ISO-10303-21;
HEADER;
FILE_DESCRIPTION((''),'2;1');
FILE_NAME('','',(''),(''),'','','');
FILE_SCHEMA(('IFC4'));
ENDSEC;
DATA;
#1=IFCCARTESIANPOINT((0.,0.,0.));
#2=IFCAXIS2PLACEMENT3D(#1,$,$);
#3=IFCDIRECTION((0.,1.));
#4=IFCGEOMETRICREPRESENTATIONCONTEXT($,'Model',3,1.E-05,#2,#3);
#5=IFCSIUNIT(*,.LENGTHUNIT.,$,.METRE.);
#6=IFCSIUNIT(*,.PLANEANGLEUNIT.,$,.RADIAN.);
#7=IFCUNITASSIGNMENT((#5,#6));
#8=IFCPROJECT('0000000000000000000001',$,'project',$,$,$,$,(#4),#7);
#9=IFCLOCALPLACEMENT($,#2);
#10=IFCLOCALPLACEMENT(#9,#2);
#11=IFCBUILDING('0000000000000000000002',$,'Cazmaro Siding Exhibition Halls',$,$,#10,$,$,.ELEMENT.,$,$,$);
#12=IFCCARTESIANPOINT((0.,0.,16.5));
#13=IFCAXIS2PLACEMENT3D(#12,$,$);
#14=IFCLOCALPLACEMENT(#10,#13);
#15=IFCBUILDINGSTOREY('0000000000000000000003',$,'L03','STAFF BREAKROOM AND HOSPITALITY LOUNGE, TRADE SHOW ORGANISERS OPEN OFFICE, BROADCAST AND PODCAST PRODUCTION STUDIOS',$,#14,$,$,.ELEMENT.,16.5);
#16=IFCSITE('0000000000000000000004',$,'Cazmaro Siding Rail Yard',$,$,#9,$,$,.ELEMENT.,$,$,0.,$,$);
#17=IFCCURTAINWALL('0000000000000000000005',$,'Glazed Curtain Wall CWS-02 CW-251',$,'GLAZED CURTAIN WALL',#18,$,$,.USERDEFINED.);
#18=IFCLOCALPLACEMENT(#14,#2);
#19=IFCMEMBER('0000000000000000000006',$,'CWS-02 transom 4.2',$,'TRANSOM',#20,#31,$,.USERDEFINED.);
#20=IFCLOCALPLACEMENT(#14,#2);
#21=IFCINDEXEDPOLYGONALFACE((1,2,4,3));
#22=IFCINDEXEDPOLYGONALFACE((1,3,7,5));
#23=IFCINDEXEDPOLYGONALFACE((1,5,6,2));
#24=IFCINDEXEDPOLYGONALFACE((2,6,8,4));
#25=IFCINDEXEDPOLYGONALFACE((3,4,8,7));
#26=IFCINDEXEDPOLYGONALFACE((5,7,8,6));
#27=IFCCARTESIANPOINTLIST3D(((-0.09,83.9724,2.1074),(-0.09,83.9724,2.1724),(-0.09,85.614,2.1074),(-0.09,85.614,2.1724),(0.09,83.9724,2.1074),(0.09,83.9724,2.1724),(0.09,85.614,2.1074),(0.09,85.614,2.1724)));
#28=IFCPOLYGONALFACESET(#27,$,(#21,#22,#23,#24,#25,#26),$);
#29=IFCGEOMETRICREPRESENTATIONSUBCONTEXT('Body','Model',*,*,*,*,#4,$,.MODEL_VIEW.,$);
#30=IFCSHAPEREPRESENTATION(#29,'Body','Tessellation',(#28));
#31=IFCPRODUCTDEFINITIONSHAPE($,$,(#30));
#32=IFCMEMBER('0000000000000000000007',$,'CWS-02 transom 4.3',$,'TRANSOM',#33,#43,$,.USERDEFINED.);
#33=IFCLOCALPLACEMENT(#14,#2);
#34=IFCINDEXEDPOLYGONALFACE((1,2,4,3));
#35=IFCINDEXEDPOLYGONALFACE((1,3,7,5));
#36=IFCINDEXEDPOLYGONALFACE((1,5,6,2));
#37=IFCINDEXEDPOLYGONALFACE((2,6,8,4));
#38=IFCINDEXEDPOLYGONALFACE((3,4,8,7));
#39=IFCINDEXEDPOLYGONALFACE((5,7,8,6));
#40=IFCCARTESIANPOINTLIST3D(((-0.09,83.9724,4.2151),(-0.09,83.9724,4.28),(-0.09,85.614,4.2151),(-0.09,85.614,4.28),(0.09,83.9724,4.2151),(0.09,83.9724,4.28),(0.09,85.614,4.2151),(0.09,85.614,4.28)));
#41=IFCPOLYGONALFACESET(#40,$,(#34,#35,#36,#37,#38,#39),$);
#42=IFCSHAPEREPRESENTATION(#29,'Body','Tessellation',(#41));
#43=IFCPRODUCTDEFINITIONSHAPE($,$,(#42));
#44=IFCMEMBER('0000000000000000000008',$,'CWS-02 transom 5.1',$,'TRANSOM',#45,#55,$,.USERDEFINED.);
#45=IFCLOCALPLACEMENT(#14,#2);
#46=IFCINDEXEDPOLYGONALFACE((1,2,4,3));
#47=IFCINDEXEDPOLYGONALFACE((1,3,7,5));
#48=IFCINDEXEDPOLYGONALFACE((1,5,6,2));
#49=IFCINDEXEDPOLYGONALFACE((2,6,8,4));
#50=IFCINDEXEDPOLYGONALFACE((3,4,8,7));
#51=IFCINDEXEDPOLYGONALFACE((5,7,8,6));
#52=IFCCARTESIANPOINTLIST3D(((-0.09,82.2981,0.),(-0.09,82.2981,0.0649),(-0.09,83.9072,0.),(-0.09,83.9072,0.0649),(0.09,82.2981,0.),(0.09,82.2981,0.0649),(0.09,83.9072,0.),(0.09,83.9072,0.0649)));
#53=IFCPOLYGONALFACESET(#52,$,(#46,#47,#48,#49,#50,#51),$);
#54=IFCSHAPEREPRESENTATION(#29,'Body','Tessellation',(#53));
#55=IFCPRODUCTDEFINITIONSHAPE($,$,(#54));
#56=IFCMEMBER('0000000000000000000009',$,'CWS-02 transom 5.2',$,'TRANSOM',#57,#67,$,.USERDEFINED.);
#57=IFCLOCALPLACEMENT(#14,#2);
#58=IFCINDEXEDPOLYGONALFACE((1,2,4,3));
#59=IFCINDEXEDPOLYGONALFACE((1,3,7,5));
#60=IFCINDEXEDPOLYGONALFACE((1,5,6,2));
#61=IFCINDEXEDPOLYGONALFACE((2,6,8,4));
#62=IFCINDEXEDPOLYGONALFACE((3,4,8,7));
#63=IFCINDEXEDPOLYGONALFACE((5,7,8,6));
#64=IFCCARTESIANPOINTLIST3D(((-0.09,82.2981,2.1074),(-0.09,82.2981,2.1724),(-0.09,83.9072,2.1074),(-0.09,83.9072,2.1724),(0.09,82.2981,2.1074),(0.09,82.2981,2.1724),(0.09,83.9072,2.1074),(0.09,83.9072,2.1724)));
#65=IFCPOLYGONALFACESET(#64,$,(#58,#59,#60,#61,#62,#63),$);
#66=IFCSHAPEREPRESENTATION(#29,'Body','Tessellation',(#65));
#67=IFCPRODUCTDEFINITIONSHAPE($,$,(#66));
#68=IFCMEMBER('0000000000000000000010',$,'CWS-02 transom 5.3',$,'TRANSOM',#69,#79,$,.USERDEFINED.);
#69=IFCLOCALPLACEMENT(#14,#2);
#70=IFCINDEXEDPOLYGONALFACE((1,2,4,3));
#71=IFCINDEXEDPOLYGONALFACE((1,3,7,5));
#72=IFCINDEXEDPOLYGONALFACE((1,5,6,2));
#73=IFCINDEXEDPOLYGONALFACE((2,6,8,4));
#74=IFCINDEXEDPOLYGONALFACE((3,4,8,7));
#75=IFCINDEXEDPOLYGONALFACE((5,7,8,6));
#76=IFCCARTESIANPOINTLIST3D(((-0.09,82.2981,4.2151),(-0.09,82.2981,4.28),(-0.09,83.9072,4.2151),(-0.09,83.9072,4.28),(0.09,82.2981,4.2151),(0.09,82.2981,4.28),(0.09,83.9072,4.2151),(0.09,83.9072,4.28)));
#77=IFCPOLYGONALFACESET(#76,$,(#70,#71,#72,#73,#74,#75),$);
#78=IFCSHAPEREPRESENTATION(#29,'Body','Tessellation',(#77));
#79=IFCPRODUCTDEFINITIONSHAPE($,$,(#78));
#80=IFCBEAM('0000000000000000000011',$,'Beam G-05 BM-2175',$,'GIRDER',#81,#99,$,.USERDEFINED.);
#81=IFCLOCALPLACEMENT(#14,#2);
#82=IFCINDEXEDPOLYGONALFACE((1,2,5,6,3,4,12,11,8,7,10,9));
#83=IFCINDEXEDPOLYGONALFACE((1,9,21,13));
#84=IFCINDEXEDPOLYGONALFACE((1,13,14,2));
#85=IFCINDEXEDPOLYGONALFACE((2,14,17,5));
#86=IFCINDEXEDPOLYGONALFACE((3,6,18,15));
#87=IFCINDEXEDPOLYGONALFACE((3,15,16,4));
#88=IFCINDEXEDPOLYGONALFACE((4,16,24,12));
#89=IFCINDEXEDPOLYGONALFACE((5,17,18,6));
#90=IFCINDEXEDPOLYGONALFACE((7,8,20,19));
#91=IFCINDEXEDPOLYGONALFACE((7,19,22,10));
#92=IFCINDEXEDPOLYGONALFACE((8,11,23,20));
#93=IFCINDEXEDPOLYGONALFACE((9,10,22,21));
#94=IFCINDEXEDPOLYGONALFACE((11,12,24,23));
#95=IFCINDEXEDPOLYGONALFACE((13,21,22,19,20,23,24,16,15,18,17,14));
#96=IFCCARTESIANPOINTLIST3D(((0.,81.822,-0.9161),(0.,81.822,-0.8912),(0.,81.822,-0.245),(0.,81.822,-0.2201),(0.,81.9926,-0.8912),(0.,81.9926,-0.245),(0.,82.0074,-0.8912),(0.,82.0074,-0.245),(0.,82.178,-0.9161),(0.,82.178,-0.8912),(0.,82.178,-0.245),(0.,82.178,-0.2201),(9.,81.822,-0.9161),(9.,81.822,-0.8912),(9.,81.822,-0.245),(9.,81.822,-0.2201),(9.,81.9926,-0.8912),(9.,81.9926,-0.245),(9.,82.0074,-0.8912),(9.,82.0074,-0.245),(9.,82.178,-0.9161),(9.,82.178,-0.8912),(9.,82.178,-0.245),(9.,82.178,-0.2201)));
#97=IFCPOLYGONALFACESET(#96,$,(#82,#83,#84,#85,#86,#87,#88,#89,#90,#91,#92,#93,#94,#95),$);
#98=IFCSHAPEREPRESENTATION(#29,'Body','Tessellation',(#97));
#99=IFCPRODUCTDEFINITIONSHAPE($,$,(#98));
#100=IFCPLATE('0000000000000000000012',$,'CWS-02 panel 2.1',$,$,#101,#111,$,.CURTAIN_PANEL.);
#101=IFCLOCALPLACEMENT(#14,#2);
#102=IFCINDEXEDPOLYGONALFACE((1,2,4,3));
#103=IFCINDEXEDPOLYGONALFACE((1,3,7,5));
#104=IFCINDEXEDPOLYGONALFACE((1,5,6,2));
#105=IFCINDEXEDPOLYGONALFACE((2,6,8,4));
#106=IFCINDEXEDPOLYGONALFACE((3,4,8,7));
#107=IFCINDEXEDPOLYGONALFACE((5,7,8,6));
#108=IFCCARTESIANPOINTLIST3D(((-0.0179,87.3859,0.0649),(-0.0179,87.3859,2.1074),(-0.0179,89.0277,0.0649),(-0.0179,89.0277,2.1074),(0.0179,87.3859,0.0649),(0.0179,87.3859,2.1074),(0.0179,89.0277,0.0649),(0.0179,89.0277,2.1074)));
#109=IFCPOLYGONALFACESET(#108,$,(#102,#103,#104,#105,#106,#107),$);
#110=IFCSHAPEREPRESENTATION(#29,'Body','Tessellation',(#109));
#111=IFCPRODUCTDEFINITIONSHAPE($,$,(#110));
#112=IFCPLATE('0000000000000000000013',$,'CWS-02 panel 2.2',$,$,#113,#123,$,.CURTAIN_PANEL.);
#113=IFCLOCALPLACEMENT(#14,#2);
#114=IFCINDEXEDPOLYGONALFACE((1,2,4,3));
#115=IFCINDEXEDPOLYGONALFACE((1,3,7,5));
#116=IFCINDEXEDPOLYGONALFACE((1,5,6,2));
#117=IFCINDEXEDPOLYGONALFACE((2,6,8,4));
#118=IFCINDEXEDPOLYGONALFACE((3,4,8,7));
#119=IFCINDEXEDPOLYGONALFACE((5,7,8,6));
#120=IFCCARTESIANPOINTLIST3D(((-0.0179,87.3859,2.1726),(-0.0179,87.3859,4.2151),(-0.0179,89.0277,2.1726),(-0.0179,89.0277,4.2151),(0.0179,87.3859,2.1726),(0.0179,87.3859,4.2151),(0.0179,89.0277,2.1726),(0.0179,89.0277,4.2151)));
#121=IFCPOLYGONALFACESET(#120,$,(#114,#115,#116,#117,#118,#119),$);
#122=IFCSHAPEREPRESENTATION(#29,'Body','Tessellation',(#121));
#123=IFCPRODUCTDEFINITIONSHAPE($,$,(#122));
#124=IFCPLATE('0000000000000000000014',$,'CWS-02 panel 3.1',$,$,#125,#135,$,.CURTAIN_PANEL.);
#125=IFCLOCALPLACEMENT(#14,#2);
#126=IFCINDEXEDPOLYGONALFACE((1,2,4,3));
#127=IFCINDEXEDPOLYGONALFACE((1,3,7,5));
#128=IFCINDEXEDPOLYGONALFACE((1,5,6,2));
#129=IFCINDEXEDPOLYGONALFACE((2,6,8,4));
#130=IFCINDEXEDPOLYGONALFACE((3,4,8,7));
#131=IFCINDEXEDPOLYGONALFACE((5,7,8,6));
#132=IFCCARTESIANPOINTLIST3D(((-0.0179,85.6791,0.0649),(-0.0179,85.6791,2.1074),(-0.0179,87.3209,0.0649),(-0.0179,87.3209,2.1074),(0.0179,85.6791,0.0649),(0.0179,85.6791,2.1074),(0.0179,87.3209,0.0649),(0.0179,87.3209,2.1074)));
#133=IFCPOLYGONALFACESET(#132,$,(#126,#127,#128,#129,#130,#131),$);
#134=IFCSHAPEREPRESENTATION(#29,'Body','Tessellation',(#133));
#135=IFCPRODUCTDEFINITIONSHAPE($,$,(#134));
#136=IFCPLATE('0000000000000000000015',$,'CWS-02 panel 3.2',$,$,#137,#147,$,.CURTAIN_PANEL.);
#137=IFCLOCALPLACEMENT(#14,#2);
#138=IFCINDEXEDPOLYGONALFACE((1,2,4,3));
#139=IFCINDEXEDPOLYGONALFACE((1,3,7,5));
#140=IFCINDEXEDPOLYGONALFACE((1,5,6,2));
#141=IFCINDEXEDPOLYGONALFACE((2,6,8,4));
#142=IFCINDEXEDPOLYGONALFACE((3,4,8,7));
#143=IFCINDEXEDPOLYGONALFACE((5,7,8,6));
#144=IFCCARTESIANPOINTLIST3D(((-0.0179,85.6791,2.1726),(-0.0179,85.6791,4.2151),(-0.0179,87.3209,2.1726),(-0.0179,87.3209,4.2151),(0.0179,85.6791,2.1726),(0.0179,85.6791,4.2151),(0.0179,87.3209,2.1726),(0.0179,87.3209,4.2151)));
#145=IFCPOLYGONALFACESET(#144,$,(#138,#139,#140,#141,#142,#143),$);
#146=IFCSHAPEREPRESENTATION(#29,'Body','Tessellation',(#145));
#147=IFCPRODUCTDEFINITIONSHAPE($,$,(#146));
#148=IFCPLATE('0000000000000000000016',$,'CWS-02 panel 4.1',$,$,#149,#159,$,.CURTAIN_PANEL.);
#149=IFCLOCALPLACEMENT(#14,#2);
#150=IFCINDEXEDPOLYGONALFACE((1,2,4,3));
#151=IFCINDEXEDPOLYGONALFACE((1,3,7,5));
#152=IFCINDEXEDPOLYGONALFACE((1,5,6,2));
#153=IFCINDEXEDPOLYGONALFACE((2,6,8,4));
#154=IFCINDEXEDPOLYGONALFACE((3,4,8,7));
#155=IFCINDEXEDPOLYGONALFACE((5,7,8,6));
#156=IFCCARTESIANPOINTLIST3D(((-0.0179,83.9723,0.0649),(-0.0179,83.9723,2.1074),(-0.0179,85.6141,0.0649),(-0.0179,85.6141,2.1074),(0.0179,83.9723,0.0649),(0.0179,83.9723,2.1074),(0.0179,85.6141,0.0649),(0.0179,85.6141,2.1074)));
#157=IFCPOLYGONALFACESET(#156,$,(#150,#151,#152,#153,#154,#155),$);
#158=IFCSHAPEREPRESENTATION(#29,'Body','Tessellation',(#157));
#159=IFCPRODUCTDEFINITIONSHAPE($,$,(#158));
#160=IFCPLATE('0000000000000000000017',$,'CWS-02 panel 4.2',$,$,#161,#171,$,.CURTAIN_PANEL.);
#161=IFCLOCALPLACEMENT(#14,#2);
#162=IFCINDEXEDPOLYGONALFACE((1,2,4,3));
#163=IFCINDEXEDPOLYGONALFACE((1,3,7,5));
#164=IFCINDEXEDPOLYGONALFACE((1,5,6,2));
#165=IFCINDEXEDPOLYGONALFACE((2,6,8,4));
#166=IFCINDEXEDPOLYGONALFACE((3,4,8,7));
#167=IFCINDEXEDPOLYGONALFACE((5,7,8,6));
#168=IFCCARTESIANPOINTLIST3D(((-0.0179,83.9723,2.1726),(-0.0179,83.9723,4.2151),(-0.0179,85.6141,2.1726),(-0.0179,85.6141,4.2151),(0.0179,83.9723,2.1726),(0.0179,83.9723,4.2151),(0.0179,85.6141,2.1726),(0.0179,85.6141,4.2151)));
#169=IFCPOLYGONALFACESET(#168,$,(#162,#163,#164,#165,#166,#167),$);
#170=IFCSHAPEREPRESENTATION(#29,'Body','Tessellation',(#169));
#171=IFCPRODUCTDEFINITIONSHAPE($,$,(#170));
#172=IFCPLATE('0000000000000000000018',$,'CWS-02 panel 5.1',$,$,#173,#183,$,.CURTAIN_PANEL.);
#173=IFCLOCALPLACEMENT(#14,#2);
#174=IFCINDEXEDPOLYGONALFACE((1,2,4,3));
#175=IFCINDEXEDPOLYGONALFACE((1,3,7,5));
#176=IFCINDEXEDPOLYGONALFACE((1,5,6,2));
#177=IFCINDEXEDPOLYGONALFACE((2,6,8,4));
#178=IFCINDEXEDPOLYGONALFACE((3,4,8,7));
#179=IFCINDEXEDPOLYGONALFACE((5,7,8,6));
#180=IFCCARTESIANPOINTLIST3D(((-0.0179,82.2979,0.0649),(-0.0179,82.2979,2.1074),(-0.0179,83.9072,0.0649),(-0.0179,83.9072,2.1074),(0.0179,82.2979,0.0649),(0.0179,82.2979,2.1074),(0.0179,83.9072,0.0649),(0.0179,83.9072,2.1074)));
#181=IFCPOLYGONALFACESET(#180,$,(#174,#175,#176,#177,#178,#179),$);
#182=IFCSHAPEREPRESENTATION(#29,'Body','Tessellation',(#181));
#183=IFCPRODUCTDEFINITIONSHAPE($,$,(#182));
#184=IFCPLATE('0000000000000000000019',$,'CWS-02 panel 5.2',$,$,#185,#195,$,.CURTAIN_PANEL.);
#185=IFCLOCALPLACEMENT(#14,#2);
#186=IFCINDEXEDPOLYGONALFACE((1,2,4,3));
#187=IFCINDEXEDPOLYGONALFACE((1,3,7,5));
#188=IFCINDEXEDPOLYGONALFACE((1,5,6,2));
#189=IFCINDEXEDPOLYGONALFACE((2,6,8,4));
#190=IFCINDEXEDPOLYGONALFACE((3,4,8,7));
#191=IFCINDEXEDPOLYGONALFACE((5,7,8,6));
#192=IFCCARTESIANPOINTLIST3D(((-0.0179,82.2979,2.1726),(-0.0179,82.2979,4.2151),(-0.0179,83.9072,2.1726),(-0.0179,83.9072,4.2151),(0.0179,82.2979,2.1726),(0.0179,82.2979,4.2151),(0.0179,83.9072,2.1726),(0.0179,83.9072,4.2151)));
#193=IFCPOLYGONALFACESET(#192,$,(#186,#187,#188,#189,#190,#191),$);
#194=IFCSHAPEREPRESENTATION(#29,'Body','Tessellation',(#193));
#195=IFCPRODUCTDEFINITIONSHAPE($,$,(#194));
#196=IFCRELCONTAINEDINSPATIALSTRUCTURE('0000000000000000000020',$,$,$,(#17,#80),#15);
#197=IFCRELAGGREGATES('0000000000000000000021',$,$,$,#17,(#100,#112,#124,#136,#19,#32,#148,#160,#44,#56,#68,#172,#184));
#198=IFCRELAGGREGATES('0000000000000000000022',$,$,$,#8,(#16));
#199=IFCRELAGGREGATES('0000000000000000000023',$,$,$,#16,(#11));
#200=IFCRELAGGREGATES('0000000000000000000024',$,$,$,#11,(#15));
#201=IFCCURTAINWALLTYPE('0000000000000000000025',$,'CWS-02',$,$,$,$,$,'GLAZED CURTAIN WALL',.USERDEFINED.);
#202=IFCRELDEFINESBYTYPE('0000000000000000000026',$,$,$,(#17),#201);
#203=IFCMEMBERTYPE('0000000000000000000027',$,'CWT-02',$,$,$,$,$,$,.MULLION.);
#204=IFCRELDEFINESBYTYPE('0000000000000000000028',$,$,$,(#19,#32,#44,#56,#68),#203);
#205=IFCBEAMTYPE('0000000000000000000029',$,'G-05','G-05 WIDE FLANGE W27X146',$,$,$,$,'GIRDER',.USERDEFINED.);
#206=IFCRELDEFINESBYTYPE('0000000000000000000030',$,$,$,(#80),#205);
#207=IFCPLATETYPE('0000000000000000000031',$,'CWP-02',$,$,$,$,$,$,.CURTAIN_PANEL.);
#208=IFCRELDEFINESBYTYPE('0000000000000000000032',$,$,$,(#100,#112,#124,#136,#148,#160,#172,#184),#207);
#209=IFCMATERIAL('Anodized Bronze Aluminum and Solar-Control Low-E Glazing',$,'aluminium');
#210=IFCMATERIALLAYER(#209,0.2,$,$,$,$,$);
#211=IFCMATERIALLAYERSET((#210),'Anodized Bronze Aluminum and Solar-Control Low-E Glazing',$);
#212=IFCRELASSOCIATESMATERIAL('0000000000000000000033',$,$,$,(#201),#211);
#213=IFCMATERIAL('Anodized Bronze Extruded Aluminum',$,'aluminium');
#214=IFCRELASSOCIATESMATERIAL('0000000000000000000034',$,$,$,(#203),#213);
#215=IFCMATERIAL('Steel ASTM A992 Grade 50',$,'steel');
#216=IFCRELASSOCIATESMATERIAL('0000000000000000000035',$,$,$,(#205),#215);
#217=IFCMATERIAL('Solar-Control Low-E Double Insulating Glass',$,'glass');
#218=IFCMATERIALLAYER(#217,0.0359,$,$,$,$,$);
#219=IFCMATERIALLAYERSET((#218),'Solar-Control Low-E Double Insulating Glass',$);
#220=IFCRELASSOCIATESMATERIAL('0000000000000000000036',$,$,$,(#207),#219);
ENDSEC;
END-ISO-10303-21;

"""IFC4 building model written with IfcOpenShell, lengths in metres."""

from ifc_helpers import new_model, si_unit, direction, frame, origin, origin_2d, place, context, subcontext, project, spatial, rectangle, i_section, extrude, material, layer, layer_set, material_profile, profile_set, type_object, element, aggregate, save


model = new_model("IFC4")

# Units and contexts
model_context = context("Model", 3, precision=1e-05, world=origin(), true_north=direction((0.0, 1.0)))
body_context = subcontext(model_context, "Body", "Model", "MODEL_VIEW")
ifc_project = project(units=[si_unit("LENGTHUNIT", "METRE"), si_unit("PLANEANGLEUNIT", "RADIAN")], contexts=[model_context])

# Site, building, storey
site_placement = place(None, origin())
site = spatial("IfcSite", under=ifc_project, at=site_placement, Name="Cazmaro Siding Rail Yard", CompositionType="ELEMENT", RefElevation=0.0)
building_placement = place(site_placement, origin())
building = spatial("IfcBuilding", under=site, at=building_placement, Name="Cazmaro Siding Exhibition Halls", CompositionType="ELEMENT")
storey_placement = place(building_placement, frame((0.0, 0.0, 16.5)))
storey = spatial("IfcBuildingStorey", under=building, at=storey_placement, Name="L03", Description="STAFF BREAKROOM AND HOSPITALITY LOUNGE, TRADE SHOW ORGANISERS OPEN OFFICE, BROADCAST AND PODCAST PRODUCTION STUDIOS", CompositionType="ELEMENT", Elevation=16.5)

# Curtain wall, members
ifc_material_1 = material(Name="Anodized Bronze Aluminum and Solar-Control Low-E Glazing", Category="aluminium")
ifc_layer_1 = layer(ifc_material_1, 0.2)
ifc_layer_set_1 = layer_set([ifc_layer_1], Name="Anodized Bronze Aluminum and Solar-Control Low-E Glazing")
curtain_wall_type = type_object("IfcCurtainWallType", Name="CWS-02", ElementType="GLAZED CURTAIN WALL", PredefinedType="USERDEFINED", material=ifc_layer_set_1)
curtain_wall_placement = place(storey_placement, origin())
curtain_wall = element("IfcCurtainWall", 1, at=curtain_wall_placement, inside=storey, type_object=curtain_wall_type, Name="Glazed Curtain Wall CWS-02 CW-251", ObjectType="GLAZED CURTAIN WALL", PredefinedType="USERDEFINED")
ifc_material_2 = material(Name="Anodized Bronze Extruded Aluminum", Category="aluminium")
ifc_material_profile_1 = material_profile(ifc_material_2, rectangle(XDim=0.1799, YDim=0.0649, at=origin_2d()), Name="CWT-02")
ifc_profile_set_1 = profile_set([ifc_material_profile_1], Name="Anodized Bronze Extruded Aluminum")
member_type_1 = type_object("IfcMemberType", Name="CWT-02", PredefinedType="MULLION", material=ifc_profile_set_1)
member_1_placement = place(storey_placement, frame((0.0, 85.614, 2.1399), z_axis=(0.0, -1.0, 0.0), x_axis=(1.0, 0.0, 0.0)))
member_1 = element("IfcMember", 2, at=member_1_placement, type_object=member_type_1, Name="CWS-02 transom 4.2", ObjectType="TRANSOM", PredefinedType="USERDEFINED", context=body_context, shape_type="SweptSolid", body=[
    extrude(rectangle(XDim=0.1799, YDim=0.0649, at=origin_2d()), origin(), (0.0, 0.0, 1.0), 1.6416),
])
member_2_placement = place(storey_placement, frame((0.0, 85.614, 4.2476), z_axis=(0.0, -1.0, 0.0), x_axis=(1.0, 0.0, 0.0)))
member_2 = element("IfcMember", 3, at=member_2_placement, type_object=member_type_1, Name="CWS-02 transom 4.3", ObjectType="TRANSOM", PredefinedType="USERDEFINED", context=body_context, shape_type="SweptSolid", body=[
    extrude(rectangle(XDim=0.1799, YDim=0.0649, at=origin_2d()), origin(), (0.0, 0.0, 1.0), 1.6416),
])
member_3_placement = place(storey_placement, frame((0.0, 83.9072, 0.0325), z_axis=(0.0, -1.0, 0.0), x_axis=(1.0, 0.0, 0.0)))
member_3 = element("IfcMember", 4, at=member_3_placement, type_object=member_type_1, Name="CWS-02 transom 5.1", ObjectType="TRANSOM", PredefinedType="USERDEFINED", context=body_context, shape_type="SweptSolid", body=[
    extrude(rectangle(XDim=0.1799, YDim=0.0649, at=origin_2d()), origin(), (0.0, 0.0, 1.0), 1.6091),
])
member_4_placement = place(storey_placement, frame((0.0, 83.9072, 2.1399), z_axis=(0.0, -1.0, 0.0), x_axis=(1.0, 0.0, 0.0)))
member_4 = element("IfcMember", 5, at=member_4_placement, type_object=member_type_1, Name="CWS-02 transom 5.2", ObjectType="TRANSOM", PredefinedType="USERDEFINED", context=body_context, shape_type="SweptSolid", body=[
    extrude(rectangle(XDim=0.1799, YDim=0.0649, at=origin_2d()), origin(), (0.0, 0.0, 1.0), 1.6091),
])
member_5_placement = place(storey_placement, frame((0.0, 83.9072, 4.2476), z_axis=(0.0, -1.0, 0.0), x_axis=(1.0, 0.0, 0.0)))
member_5 = element("IfcMember", 6, at=member_5_placement, type_object=member_type_1, Name="CWS-02 transom 5.3", ObjectType="TRANSOM", PredefinedType="USERDEFINED", context=body_context, shape_type="SweptSolid", body=[
    extrude(rectangle(XDim=0.1799, YDim=0.0649, at=origin_2d()), origin(), (0.0, 0.0, 1.0), 1.6091),
])

# Beam
ifc_material_3 = material(Name="Steel ASTM A992 Grade 50", Category="steel")
ifc_material_profile_2 = material_profile(ifc_material_3, i_section(OverallWidth=0.356, OverallDepth=0.696, WebThickness=0.0149, FlangeThickness=0.0249, at=origin_2d()), Name="W27X146")
ifc_profile_set_2 = profile_set([ifc_material_profile_2], Name="Steel ASTM A992 Grade 50")
beam_type_1 = type_object("IfcBeamType", Name="G-05", Description="G-05 WIDE FLANGE W27X146", ElementType="GIRDER", PredefinedType="USERDEFINED", material=ifc_profile_set_2)
beam_1_placement = place(storey_placement, frame((0.0, 82.0, -0.5681), z_axis=(1.0, 0.0, 0.0), x_axis=(0.0, 1.0, 0.0)))
element("IfcBeam", 7, at=beam_1_placement, inside=storey, type_object=beam_type_1, Name="Beam G-05 BM-2175", ObjectType="GIRDER", PredefinedType="USERDEFINED", context=body_context, shape_type="SweptSolid", body=[
    extrude(i_section(OverallWidth=0.356, OverallDepth=0.696, WebThickness=0.0149, FlangeThickness=0.0249, at=origin_2d()), origin(), (0.0, 0.0, 1.0), 9.0),
])

# Plates
ifc_material_4 = material(Name="Solar-Control Low-E Double Insulating Glass", Category="glass")
ifc_layer_2 = layer(ifc_material_4, 0.0359)
ifc_layer_set_2 = layer_set([ifc_layer_2], Name="Solar-Control Low-E Double Insulating Glass")
plate_type = type_object("IfcPlateType", Name="CWP-02", PredefinedType="CURTAIN_PANEL", material=ifc_layer_set_2)
plate_1_placement = place(storey_placement, frame((0.0, 88.2068, 0.0649), z_axis=(0.0, 0.0, 1.0), x_axis=(0.0, -1.0, 0.0)))
plate_1 = element("IfcPlate", 8, at=plate_1_placement, type_object=plate_type, Name="CWS-02 panel 2.1", PredefinedType="CURTAIN_PANEL", context=body_context, shape_type="SweptSolid", body=[
    extrude(rectangle(XDim=1.6418, YDim=0.0359, at=origin_2d()), origin(), (0.0, 0.0, 1.0), 2.0425),
])
plate_2_placement = place(storey_placement, frame((0.0, 88.2068, 2.1726), z_axis=(0.0, 0.0, 1.0), x_axis=(0.0, -1.0, 0.0)))
plate_2 = element("IfcPlate", 9, at=plate_2_placement, type_object=plate_type, Name="CWS-02 panel 2.2", PredefinedType="CURTAIN_PANEL", context=body_context, shape_type="SweptSolid", body=[
    extrude(rectangle(XDim=1.6418, YDim=0.0359, at=origin_2d()), origin(), (0.0, 0.0, 1.0), 2.0425),
])
plate_3_placement = place(storey_placement, frame((0.0, 86.5, 0.0649), z_axis=(0.0, 0.0, 1.0), x_axis=(0.0, -1.0, 0.0)))
plate_3 = element("IfcPlate", 10, at=plate_3_placement, type_object=plate_type, Name="CWS-02 panel 3.1", PredefinedType="CURTAIN_PANEL", context=body_context, shape_type="SweptSolid", body=[
    extrude(rectangle(XDim=1.6418, YDim=0.0359, at=origin_2d()), origin(), (0.0, 0.0, 1.0), 2.0425),
])
plate_4_placement = place(storey_placement, frame((0.0, 86.5, 2.1726), z_axis=(0.0, 0.0, 1.0), x_axis=(0.0, -1.0, 0.0)))
plate_4 = element("IfcPlate", 11, at=plate_4_placement, type_object=plate_type, Name="CWS-02 panel 3.2", PredefinedType="CURTAIN_PANEL", context=body_context, shape_type="SweptSolid", body=[
    extrude(rectangle(XDim=1.6418, YDim=0.0359, at=origin_2d()), origin(), (0.0, 0.0, 1.0), 2.0425),
])
plate_5_placement = place(storey_placement, frame((0.0, 84.7932, 0.0649), z_axis=(0.0, 0.0, 1.0), x_axis=(0.0, -1.0, 0.0)))
plate_5 = element("IfcPlate", 12, at=plate_5_placement, type_object=plate_type, Name="CWS-02 panel 4.1", PredefinedType="CURTAIN_PANEL", context=body_context, shape_type="SweptSolid", body=[
    extrude(rectangle(XDim=1.6418, YDim=0.0359, at=origin_2d()), origin(), (0.0, 0.0, 1.0), 2.0425),
])
plate_6_placement = place(storey_placement, frame((0.0, 84.7932, 2.1726), z_axis=(0.0, 0.0, 1.0), x_axis=(0.0, -1.0, 0.0)))
plate_6 = element("IfcPlate", 13, at=plate_6_placement, type_object=plate_type, Name="CWS-02 panel 4.2", PredefinedType="CURTAIN_PANEL", context=body_context, shape_type="SweptSolid", body=[
    extrude(rectangle(XDim=1.6418, YDim=0.0359, at=origin_2d()), origin(), (0.0, 0.0, 1.0), 2.0425),
])
plate_7_placement = place(storey_placement, frame((0.0, 83.1025, 0.0649), z_axis=(0.0, 0.0, 1.0), x_axis=(0.0, -1.0, 0.0)))
plate_7 = element("IfcPlate", 14, at=plate_7_placement, type_object=plate_type, Name="CWS-02 panel 5.1", PredefinedType="CURTAIN_PANEL", context=body_context, shape_type="SweptSolid", body=[
    extrude(rectangle(XDim=1.6094, YDim=0.0359, at=origin_2d()), origin(), (0.0, 0.0, 1.0), 2.0425),
])
plate_8_placement = place(storey_placement, frame((0.0, 83.1025, 2.1726), z_axis=(0.0, 0.0, 1.0), x_axis=(0.0, -1.0, 0.0)))
plate_8 = element("IfcPlate", 15, at=plate_8_placement, type_object=plate_type, Name="CWS-02 panel 5.2", PredefinedType="CURTAIN_PANEL", context=body_context, shape_type="SweptSolid", body=[
    extrude(rectangle(XDim=1.6094, YDim=0.0359, at=origin_2d()), origin(), (0.0, 0.0, 1.0), 2.0425),
])
aggregate(curtain_wall, [plate_1, plate_2, plate_3, plate_4, member_1, member_2, plate_5, plate_6, member_3, member_4, member_5, plate_7, plate_8])

save(model, "model.ifc")
